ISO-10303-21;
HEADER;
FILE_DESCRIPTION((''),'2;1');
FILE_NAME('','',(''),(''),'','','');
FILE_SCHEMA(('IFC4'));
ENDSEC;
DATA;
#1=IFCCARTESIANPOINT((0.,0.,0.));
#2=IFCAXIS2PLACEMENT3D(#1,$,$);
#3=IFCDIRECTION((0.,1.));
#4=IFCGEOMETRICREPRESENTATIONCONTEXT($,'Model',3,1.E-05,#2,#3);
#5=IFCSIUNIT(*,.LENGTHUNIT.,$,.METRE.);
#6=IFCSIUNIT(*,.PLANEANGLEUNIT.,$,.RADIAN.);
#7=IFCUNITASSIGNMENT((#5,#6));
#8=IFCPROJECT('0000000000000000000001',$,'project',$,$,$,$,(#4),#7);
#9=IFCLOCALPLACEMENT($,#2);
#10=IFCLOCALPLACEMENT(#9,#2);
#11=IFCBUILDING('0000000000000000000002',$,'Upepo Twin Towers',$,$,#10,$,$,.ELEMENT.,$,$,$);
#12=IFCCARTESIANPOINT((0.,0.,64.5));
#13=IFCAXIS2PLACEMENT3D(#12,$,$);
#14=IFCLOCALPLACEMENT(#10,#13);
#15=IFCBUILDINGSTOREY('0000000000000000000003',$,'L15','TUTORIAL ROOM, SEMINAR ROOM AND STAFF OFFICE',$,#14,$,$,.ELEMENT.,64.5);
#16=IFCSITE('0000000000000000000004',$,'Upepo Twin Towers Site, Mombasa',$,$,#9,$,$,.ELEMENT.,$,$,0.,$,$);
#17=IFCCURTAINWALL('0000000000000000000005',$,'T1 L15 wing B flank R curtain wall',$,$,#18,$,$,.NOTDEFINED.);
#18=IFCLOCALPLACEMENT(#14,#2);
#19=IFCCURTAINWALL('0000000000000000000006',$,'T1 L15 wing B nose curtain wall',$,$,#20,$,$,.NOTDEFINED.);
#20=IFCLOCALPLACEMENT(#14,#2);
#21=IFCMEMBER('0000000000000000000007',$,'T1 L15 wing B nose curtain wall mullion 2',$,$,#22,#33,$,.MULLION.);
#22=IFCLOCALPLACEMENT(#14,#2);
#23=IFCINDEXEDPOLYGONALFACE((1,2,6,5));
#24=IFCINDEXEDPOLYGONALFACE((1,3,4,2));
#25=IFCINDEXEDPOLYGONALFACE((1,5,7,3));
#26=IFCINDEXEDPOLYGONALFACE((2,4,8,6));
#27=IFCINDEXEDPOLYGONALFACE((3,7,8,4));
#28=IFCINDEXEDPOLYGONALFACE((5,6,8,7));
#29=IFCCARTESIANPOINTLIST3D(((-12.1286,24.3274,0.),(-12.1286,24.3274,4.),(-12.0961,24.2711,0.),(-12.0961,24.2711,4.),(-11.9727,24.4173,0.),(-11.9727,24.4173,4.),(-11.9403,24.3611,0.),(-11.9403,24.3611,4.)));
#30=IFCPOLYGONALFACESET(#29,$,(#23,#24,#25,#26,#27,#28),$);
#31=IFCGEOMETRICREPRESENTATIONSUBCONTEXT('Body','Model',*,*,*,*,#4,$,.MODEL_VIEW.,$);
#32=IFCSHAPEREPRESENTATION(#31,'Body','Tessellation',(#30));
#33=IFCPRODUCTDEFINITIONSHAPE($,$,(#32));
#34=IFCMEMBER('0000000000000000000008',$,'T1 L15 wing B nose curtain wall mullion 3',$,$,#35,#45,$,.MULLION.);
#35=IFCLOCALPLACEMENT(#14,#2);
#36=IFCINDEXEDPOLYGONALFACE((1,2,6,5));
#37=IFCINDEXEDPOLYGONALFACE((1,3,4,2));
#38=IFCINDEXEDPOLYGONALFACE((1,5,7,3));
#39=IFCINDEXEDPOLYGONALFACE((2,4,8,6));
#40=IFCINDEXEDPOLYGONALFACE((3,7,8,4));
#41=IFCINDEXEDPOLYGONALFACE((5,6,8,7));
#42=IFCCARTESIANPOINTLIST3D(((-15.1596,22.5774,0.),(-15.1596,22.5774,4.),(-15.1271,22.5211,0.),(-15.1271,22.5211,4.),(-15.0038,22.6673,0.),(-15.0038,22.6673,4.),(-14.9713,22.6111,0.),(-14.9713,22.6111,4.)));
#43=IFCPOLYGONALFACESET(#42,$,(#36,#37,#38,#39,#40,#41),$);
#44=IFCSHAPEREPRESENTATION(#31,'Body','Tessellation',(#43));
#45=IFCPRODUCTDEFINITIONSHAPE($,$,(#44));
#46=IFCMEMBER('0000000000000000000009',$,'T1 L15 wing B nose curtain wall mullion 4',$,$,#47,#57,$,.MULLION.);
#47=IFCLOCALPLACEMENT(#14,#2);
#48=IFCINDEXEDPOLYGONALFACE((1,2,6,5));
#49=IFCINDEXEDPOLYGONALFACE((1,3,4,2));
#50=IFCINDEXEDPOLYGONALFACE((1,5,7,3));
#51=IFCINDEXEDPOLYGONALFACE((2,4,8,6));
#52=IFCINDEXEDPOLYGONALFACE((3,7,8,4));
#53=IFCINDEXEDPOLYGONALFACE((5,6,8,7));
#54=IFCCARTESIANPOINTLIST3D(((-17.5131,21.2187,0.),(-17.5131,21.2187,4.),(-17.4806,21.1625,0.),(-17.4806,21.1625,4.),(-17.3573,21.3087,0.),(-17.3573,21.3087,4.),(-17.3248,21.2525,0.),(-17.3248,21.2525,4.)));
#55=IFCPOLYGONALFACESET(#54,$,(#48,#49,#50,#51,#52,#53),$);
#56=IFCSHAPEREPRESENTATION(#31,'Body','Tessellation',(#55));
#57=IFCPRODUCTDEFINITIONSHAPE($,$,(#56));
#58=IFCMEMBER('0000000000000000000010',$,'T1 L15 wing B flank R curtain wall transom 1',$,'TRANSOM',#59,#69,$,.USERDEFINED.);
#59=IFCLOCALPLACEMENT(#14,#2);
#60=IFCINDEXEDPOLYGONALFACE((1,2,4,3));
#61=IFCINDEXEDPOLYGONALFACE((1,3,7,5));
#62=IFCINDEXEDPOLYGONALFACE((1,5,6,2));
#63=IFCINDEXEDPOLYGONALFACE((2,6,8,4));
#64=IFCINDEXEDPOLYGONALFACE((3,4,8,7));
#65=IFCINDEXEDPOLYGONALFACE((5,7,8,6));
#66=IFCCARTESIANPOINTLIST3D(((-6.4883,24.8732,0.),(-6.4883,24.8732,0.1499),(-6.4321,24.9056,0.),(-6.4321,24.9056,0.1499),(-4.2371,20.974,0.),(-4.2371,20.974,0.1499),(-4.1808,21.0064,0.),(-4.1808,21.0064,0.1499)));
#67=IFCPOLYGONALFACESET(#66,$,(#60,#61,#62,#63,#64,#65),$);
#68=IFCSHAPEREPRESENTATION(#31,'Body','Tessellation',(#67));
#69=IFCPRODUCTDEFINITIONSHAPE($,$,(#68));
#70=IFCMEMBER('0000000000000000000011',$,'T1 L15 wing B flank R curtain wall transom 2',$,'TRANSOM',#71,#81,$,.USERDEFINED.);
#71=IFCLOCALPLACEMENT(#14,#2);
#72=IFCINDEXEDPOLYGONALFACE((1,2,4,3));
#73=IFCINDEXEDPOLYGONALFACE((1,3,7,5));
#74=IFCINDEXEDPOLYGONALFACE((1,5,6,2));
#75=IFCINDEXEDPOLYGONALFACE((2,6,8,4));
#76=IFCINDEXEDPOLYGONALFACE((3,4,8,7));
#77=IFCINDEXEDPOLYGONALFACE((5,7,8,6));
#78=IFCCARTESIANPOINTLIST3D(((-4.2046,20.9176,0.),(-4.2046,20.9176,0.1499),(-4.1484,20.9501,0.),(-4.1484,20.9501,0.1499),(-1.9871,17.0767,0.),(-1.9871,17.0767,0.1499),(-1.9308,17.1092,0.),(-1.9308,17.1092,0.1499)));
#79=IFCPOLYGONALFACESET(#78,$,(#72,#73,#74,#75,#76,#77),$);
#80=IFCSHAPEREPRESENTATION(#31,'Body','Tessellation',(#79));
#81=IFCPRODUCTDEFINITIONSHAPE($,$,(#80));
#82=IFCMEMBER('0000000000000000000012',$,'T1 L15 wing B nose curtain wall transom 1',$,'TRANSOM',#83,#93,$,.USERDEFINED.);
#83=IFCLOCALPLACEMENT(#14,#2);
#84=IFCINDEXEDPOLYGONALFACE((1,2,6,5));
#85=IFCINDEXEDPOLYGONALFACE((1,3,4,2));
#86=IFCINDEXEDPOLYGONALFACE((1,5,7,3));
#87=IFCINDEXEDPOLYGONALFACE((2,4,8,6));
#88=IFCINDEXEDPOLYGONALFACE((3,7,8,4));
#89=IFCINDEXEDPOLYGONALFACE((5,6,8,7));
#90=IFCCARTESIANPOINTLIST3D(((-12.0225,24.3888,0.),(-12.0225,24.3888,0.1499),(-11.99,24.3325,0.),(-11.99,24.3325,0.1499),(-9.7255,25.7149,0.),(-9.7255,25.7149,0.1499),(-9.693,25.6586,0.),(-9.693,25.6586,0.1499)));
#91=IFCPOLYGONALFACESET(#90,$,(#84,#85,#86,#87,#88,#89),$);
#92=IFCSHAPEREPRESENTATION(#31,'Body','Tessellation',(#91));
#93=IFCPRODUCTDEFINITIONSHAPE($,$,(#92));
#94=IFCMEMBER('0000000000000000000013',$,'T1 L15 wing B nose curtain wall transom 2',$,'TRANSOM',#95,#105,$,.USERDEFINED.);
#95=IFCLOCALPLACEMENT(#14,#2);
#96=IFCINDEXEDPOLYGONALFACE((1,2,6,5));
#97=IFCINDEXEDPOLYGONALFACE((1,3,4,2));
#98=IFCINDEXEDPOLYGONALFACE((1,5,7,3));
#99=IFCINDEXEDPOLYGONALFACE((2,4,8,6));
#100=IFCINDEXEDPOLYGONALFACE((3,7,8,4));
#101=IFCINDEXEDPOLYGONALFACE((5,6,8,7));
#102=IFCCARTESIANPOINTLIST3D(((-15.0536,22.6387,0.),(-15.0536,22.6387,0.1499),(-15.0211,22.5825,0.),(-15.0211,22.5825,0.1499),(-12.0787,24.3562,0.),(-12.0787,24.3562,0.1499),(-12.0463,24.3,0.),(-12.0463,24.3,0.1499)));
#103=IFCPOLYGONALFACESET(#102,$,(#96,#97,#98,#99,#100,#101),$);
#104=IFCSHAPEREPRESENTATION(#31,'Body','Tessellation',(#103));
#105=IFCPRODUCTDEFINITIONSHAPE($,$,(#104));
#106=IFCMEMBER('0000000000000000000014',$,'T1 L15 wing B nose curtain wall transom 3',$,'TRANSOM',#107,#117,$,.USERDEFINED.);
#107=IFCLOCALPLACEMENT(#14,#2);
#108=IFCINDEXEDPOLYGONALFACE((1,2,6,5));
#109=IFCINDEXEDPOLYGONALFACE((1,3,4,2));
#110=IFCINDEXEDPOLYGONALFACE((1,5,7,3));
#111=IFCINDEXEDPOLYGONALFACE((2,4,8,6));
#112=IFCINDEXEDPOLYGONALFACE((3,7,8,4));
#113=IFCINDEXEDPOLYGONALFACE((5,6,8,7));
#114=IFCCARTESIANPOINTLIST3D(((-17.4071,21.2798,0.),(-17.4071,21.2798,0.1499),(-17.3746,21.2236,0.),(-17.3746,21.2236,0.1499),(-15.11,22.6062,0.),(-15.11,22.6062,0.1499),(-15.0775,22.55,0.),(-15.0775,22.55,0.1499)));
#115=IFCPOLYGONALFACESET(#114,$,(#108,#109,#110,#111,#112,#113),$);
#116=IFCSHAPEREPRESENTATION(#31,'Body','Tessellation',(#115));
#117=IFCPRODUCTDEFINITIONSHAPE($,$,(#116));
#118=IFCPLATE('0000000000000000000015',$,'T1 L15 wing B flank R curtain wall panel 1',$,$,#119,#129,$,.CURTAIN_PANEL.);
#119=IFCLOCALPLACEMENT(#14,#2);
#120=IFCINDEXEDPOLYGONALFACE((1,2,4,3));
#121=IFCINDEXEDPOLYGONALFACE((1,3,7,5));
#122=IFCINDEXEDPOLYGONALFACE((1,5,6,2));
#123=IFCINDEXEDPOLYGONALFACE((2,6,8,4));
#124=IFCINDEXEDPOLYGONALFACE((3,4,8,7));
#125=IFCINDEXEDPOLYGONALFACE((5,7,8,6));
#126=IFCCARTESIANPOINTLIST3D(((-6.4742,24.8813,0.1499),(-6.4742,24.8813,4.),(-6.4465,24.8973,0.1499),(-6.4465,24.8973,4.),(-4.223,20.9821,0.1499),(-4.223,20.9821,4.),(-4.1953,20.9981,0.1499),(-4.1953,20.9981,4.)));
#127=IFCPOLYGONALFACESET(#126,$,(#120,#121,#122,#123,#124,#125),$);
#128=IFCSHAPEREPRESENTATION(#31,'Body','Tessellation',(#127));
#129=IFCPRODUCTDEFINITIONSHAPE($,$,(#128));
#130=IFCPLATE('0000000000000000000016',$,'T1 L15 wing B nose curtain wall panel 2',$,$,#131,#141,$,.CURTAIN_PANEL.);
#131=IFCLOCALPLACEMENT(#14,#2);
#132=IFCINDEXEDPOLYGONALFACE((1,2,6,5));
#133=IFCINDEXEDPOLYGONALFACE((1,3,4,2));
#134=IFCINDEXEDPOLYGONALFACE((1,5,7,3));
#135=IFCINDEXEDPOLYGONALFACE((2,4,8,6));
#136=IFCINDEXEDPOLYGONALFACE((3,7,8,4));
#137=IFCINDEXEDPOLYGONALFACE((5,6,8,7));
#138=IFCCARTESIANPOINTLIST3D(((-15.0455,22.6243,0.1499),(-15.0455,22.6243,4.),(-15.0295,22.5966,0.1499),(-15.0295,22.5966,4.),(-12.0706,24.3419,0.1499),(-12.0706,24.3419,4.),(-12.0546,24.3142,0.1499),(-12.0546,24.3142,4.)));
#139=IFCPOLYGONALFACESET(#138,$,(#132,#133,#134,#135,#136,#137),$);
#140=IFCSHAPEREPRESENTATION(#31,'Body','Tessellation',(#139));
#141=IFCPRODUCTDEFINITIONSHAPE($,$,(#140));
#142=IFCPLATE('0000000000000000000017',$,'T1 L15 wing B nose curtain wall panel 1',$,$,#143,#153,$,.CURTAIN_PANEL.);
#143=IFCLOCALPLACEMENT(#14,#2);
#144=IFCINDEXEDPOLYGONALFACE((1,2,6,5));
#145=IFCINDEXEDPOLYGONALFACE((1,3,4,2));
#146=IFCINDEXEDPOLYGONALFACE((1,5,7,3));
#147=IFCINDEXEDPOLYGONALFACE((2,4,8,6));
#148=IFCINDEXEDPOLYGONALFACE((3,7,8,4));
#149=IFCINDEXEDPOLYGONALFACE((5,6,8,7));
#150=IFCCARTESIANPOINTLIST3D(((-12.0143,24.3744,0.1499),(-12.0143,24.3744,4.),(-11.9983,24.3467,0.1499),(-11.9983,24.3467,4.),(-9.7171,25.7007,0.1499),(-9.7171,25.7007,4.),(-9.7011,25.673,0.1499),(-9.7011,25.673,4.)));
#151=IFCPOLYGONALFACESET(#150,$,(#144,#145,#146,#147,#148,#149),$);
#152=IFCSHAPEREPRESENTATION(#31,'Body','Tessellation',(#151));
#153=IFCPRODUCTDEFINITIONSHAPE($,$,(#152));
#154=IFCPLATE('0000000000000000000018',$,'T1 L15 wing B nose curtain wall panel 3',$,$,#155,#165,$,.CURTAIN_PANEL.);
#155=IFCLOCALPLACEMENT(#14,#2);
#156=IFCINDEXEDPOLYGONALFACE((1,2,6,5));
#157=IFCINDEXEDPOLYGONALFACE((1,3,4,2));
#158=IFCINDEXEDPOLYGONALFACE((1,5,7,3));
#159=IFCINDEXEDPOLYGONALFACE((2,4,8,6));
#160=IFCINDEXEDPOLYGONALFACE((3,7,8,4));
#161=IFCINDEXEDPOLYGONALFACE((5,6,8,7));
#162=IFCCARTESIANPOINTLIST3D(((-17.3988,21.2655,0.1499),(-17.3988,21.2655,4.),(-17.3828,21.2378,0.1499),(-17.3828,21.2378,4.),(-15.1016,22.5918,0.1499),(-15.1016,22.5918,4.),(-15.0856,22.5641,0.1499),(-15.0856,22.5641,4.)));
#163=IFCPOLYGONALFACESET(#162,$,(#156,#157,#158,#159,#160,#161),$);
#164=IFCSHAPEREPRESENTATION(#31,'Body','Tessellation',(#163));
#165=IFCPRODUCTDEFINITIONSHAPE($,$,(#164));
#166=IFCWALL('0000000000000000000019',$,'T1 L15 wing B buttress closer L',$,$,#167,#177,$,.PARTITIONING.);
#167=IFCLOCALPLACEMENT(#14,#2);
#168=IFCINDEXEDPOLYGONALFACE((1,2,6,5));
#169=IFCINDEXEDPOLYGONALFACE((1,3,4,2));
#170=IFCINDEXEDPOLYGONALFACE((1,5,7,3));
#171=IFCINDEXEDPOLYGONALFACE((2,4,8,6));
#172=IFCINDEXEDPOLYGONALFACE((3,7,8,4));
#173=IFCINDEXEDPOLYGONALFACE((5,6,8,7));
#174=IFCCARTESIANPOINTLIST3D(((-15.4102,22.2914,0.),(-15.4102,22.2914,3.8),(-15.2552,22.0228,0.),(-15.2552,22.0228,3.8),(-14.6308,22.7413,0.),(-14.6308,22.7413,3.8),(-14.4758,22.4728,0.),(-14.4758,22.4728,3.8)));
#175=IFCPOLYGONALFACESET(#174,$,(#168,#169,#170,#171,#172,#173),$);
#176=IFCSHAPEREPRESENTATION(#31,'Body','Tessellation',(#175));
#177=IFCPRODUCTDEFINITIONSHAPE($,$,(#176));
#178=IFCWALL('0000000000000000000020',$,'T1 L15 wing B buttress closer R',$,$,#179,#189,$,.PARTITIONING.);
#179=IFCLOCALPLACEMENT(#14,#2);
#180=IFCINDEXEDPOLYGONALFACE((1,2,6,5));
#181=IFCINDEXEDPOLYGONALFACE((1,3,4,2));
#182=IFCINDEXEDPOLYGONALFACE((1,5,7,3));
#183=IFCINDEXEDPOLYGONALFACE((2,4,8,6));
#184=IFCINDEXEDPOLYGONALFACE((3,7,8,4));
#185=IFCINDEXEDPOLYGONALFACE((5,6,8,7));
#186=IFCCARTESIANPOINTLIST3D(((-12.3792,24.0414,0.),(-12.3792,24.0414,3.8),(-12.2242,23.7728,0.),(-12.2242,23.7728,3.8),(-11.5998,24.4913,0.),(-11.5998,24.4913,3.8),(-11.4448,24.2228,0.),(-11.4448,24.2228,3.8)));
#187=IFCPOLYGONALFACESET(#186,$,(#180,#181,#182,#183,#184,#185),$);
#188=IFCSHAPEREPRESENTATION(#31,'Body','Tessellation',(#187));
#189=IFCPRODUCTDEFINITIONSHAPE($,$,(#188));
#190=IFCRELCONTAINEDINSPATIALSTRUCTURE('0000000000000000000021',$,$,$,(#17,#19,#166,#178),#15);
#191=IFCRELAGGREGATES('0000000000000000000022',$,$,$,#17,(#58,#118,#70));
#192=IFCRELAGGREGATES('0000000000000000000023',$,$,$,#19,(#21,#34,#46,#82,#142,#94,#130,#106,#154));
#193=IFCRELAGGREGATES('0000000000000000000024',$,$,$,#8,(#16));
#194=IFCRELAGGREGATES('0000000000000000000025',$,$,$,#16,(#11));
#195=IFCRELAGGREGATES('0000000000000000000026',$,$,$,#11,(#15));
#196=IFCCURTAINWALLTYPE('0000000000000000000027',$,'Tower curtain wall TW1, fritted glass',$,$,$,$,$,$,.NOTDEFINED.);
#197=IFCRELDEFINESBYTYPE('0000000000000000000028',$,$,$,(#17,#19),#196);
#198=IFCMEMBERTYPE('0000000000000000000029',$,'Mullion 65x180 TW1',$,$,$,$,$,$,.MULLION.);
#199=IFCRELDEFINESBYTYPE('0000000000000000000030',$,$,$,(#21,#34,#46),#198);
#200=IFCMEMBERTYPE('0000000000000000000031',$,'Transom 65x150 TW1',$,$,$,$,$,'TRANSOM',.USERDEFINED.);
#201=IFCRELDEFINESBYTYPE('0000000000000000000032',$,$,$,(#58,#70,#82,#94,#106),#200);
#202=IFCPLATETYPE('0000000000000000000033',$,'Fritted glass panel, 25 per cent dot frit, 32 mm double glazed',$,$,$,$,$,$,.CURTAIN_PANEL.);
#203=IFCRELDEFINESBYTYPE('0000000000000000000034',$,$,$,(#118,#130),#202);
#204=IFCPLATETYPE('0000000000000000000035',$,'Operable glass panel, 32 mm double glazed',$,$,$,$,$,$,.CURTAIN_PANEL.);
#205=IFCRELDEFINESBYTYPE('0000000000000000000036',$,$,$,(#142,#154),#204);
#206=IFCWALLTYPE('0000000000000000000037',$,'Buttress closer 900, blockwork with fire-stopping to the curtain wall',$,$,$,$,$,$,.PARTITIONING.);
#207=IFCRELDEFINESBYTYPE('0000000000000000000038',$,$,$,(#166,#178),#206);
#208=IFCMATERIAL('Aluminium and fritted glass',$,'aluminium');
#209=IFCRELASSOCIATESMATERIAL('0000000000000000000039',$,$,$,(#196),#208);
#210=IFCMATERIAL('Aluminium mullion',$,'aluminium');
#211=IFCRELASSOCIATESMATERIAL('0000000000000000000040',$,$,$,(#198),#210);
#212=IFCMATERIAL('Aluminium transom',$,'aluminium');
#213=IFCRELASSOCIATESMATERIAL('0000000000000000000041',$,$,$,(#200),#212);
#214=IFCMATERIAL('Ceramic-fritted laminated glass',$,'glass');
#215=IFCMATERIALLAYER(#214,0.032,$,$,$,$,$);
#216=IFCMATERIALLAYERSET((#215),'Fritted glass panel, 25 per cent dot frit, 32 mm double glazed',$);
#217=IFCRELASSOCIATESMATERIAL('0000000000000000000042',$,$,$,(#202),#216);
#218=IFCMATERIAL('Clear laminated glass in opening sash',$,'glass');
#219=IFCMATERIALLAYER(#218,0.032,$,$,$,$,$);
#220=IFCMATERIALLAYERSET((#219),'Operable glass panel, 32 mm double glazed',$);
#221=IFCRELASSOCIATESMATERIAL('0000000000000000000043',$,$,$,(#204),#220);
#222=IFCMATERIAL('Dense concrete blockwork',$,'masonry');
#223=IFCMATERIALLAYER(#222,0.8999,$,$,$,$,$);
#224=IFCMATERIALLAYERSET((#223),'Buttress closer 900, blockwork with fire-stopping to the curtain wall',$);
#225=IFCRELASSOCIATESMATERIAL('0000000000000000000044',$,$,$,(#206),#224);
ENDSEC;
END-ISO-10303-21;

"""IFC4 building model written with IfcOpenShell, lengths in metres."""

from ifc_helpers import new_model, si_unit, direction, frame, frame_2d, origin, origin_2d, place, context, subcontext, project, spatial, rectangle, extrude, material, layer, layer_set, material_profile, profile_set, type_object, element, aggregate, save


model = new_model("IFC4")

# Units and contexts
model_context = context("Model", 3, precision=1e-05, world=origin(), true_north=direction((0.0, 1.0)))
body_context = subcontext(model_context, "Body", "Model", "MODEL_VIEW")
ifc_project = project(units=[si_unit("LENGTHUNIT", "METRE"), si_unit("PLANEANGLEUNIT", "RADIAN")], contexts=[model_context])

# Site, building, storey
site_placement = place(None, origin())
site = spatial("IfcSite", under=ifc_project, at=site_placement, Name="Upepo Twin Towers Site, Mombasa", CompositionType="ELEMENT", RefElevation=0.0)
building_placement = place(site_placement, origin())
building = spatial("IfcBuilding", under=site, at=building_placement, Name="Upepo Twin Towers", CompositionType="ELEMENT")
storey_placement = place(building_placement, frame((0.0, 0.0, 64.5)))
storey = spatial("IfcBuildingStorey", under=building, at=storey_placement, Name="L15", Description="TUTORIAL ROOM, SEMINAR ROOM AND STAFF OFFICE", CompositionType="ELEMENT", Elevation=64.5)

# Shared definitions
ifc_material_1 = material(Name="Aluminium and fritted glass", Category="aluminium")
curtain_wall_type = type_object("IfcCurtainWallType", Name="Tower curtain wall TW1, fritted glass", PredefinedType="NOTDEFINED", material=ifc_material_1)
ifc_material_2 = material(Name="Aluminium mullion", Category="aluminium")
ifc_material_profile_1 = material_profile(ifc_material_2, rectangle(XDim=0.0649, YDim=0.1799, at=origin_2d()), Name="MULLION 65x180")
ifc_profile_set_1 = profile_set([ifc_material_profile_1], Name="Aluminium mullion")
member_type_1 = type_object("IfcMemberType", Name="Mullion 65x180 TW1", PredefinedType="MULLION", material=ifc_profile_set_1)

# Curtain walls, members
curtain_wall_1_placement = place(storey_placement, origin())
curtain_wall_1 = element("IfcCurtainWall", 1, at=curtain_wall_1_placement, inside=storey, type_object=curtain_wall_type, Name="T1 L15 wing B flank R curtain wall", PredefinedType="NOTDEFINED")
curtain_wall_2_placement = place(storey_placement, origin())
curtain_wall_2 = element("IfcCurtainWall", 2, at=curtain_wall_2_placement, inside=storey, type_object=curtain_wall_type, Name="T1 L15 wing B nose curtain wall", PredefinedType="NOTDEFINED")
member_1_placement = place(storey_placement, frame((-12.0344, 24.3442, 0.0), z_axis=(0.0, 0.0, 1.0), x_axis=(0.5, -0.866025, 0.0)))
member_1 = element("IfcMember", 3, at=member_1_placement, type_object=member_type_1, Name="T1 L15 wing B nose curtain wall mullion 2", PredefinedType="MULLION", context=body_context, shape_type="SweptSolid", body=[
    extrude(rectangle(XDim=0.0649, YDim=0.1799, at=origin_2d()), origin(), (0.0, 0.0, 1.0), 4.0),
])
member_2_placement = place(storey_placement, frame((-15.0654, 22.5942, 0.0), z_axis=(0.0, 0.0, 1.0), x_axis=(0.5, -0.866025, 0.0)))
member_2 = element("IfcMember", 4, at=member_2_placement, type_object=member_type_1, Name="T1 L15 wing B nose curtain wall mullion 3", PredefinedType="MULLION", context=body_context, shape_type="SweptSolid", body=[
    extrude(rectangle(XDim=0.0649, YDim=0.1799, at=origin_2d()), origin(), (0.0, 0.0, 1.0), 4.0),
])
member_3_placement = place(storey_placement, frame((-17.4189, 21.2356, 0.0), z_axis=(0.0, 0.0, 1.0), x_axis=(0.5, -0.866025, 0.0)))
member_3 = element("IfcMember", 5, at=member_3_placement, type_object=member_type_1, Name="T1 L15 wing B nose curtain wall mullion 4", PredefinedType="MULLION", context=body_context, shape_type="SweptSolid", body=[
    extrude(rectangle(XDim=0.0649, YDim=0.1799, at=origin_2d()), origin(), (0.0, 0.0, 1.0), 4.0),
])

# Members
ifc_material_3 = material(Name="Aluminium transom", Category="aluminium")
ifc_material_profile_2 = material_profile(ifc_material_3, rectangle(XDim=0.0649, YDim=0.1499, at=origin_2d()), Name="TRANSOM 65x150")
ifc_profile_set_2 = profile_set([ifc_material_profile_2], Name="Aluminium transom")
member_type_2 = type_object("IfcMemberType", Name="Transom 65x150 TW1", ElementType="TRANSOM", PredefinedType="USERDEFINED", material=ifc_profile_set_2)
member_4_placement = place(storey_placement, frame((-6.4602, 24.8894, 0.075), z_axis=(0.500006, -0.866022, 0.0), x_axis=(0.866022, 0.500006, 0.0)))
member_4 = element("IfcMember", 6, at=member_4_placement, type_object=member_type_2, Name="T1 L15 wing B flank R curtain wall transom 1", ObjectType="TRANSOM", PredefinedType="USERDEFINED", context=body_context, shape_type="SweptSolid", body=[
    extrude(rectangle(XDim=0.0649, YDim=0.1499, at=origin_2d()), origin(), (0.0, 0.0, 1.0), 4.5024),
])
member_5_placement = place(storey_placement, frame((-4.1765, 20.9338, 0.075), z_axis=(0.500005, -0.866022, 0.0), x_axis=(0.866022, 0.500005, 0.0)))
member_5 = element("IfcMember", 7, at=member_5_placement, type_object=member_type_2, Name="T1 L15 wing B flank R curtain wall transom 2", ObjectType="TRANSOM", PredefinedType="USERDEFINED", context=body_context, shape_type="SweptSolid", body=[
    extrude(rectangle(XDim=0.0649, YDim=0.1499, at=origin_2d()), origin(), (0.0, 0.0, 1.0), 4.4351),
])
member_6_placement = place(storey_placement, frame((-9.7092, 25.6868, 0.075), z_axis=(-0.866037, -0.49998, 0.0), x_axis=(0.49998, -0.866037, 0.0)))
member_6 = element("IfcMember", 8, at=member_6_placement, type_object=member_type_2, Name="T1 L15 wing B nose curtain wall transom 1", ObjectType="TRANSOM", PredefinedType="USERDEFINED", context=body_context, shape_type="SweptSolid", body=[
    extrude(rectangle(XDim=0.0649, YDim=0.1499, at=origin_2d()), origin(), (0.0, 0.0, 1.0), 2.6523),
])
member_7_placement = place(storey_placement, frame((-12.0625, 24.3281, 0.075), z_axis=(-0.866026, -0.499999, 0.0), x_axis=(0.499999, -0.866026, 0.0)))
member_7 = element("IfcMember", 9, at=member_7_placement, type_object=member_type_2, Name="T1 L15 wing B nose curtain wall transom 2", ObjectType="TRANSOM", PredefinedType="USERDEFINED", context=body_context, shape_type="SweptSolid", body=[
    extrude(rectangle(XDim=0.0649, YDim=0.1499, at=origin_2d()), origin(), (0.0, 0.0, 1.0), 3.4351),
])
member_8_placement = place(storey_placement, frame((-15.0938, 22.5781, 0.075), z_axis=(-0.865997, -0.500049, 0.0), x_axis=(0.500049, -0.865997, 0.0)))
member_8 = element("IfcMember", 10, at=member_8_placement, type_object=member_type_2, Name="T1 L15 wing B nose curtain wall transom 3", ObjectType="TRANSOM", PredefinedType="USERDEFINED", context=body_context, shape_type="SweptSolid", body=[
    extrude(rectangle(XDim=0.0649, YDim=0.1499, at=origin_2d()), origin(), (0.0, 0.0, 1.0), 2.6526),
])

# Plates
ifc_material_4 = material(Name="Ceramic-fritted laminated glass", Category="glass")
ifc_layer_1 = layer(ifc_material_4, 0.032)
ifc_layer_set_1 = layer_set([ifc_layer_1], Name="Fritted glass panel, 25 per cent dot frit, 32 mm double glazed")
plate_type_1 = type_object("IfcPlateType", Name="Fritted glass panel, 25 per cent dot frit, 32 mm double glazed", PredefinedType="CURTAIN_PANEL", material=ifc_layer_set_1)
plate_1_placement = place(storey_placement, frame((-5.3347, 22.9397, 0.1499), z_axis=(0.0, 0.0, 1.0), x_axis=(0.5, -0.866025, 0.0)))
plate_1 = element("IfcPlate", 11, at=plate_1_placement, type_object=plate_type_1, Name="T1 L15 wing B flank R curtain wall panel 1", PredefinedType="CURTAIN_PANEL", context=body_context, shape_type="SweptSolid", body=[
    extrude(rectangle(XDim=4.5024, YDim=0.032, at=origin_2d()), origin(), (0.0, 0.0, 1.0), 3.8501),
])
aggregate(curtain_wall_1, [member_4, plate_1, member_5])
plate_2_placement = place(storey_placement, frame((-13.55, 23.4692, 0.1499), z_axis=(0.0, 0.0, 1.0), x_axis=(-0.866025, -0.5, 0.0)))
plate_2 = element("IfcPlate", 12, at=plate_2_placement, type_object=plate_type_1, Name="T1 L15 wing B nose curtain wall panel 2", PredefinedType="CURTAIN_PANEL", context=body_context, shape_type="SweptSolid", body=[
    extrude(rectangle(XDim=3.4351, YDim=0.032, at=origin_2d()), origin(), (0.0, 0.0, 1.0), 3.8501),
])
ifc_material_5 = material(Name="Clear laminated glass in opening sash", Category="glass")
ifc_layer_2 = layer(ifc_material_5, 0.032)
ifc_layer_set_2 = layer_set([ifc_layer_2], Name="Operable glass panel, 32 mm double glazed")
plate_type_2 = type_object("IfcPlateType", Name="Operable glass panel, 32 mm double glazed", PredefinedType="CURTAIN_PANEL", material=ifc_layer_set_2)
plate_3_placement = place(storey_placement, frame((-10.8577, 25.0237, 0.1499), z_axis=(0.0, 0.0, 1.0), x_axis=(-0.866025, -0.5, 0.0)))
plate_3 = element("IfcPlate", 13, at=plate_3_placement, type_object=plate_type_2, Name="T1 L15 wing B nose curtain wall panel 1", PredefinedType="CURTAIN_PANEL", context=body_context, shape_type="SweptSolid", body=[
    extrude(rectangle(XDim=2.6526, YDim=0.032, at=origin_2d()), origin(), (0.0, 0.0, 1.0), 3.8501),
])
plate_4_placement = place(storey_placement, frame((-16.2422, 21.9148, 0.1499), z_axis=(0.0, 0.0, 1.0), x_axis=(-0.866025, -0.5, 0.0)))
plate_4 = element("IfcPlate", 14, at=plate_4_placement, type_object=plate_type_2, Name="T1 L15 wing B nose curtain wall panel 3", PredefinedType="CURTAIN_PANEL", context=body_context, shape_type="SweptSolid", body=[
    extrude(rectangle(XDim=2.6526, YDim=0.032, at=origin_2d()), origin(), (0.0, 0.0, 1.0), 3.8501),
])
aggregate(curtain_wall_2, [member_1, member_2, member_3, member_6, plate_3, member_7, plate_2, member_8, plate_4])

# Walls
ifc_material_6 = material(Name="Dense concrete blockwork", Category="masonry")
ifc_layer_3 = layer(ifc_material_6, 0.8999)
ifc_layer_set_3 = layer_set([ifc_layer_3], Name="Buttress closer 900, blockwork with fire-stopping to the curtain wall")
wall_type_1 = type_object("IfcWallType", Name="Buttress closer 900, blockwork with fire-stopping to the curtain wall", PredefinedType="PARTITIONING", material=ifc_layer_set_3)
for number, where, z_axis, x_axis, name in (
    (15, (-14.8655, 22.2478, 0.0), (0.0, 0.0, 1.0), (-0.49995, 0.866054, 0.0), "T1 L15 wing B buttress closer L"),
    (16, (-11.8345, 23.9978, 0.0), (0.0, 0.0, 1.0), (-0.49995, 0.866054, 0.0), "T1 L15 wing B buttress closer R"),
):
    element("IfcWall", number, at=place(storey_placement, frame(where, z_axis=z_axis, x_axis=x_axis)), inside=storey, type_object=wall_type_1, Name=name, PredefinedType="PARTITIONING", context=body_context, shape_type="SweptSolid", body=[
        extrude(rectangle(XDim=0.3101, YDim=0.8999, at=frame_2d((0.155, 0.0))), origin(), (0.0, 0.0, 1.0), 3.8),
    ])

save(model, "model.ifc")
